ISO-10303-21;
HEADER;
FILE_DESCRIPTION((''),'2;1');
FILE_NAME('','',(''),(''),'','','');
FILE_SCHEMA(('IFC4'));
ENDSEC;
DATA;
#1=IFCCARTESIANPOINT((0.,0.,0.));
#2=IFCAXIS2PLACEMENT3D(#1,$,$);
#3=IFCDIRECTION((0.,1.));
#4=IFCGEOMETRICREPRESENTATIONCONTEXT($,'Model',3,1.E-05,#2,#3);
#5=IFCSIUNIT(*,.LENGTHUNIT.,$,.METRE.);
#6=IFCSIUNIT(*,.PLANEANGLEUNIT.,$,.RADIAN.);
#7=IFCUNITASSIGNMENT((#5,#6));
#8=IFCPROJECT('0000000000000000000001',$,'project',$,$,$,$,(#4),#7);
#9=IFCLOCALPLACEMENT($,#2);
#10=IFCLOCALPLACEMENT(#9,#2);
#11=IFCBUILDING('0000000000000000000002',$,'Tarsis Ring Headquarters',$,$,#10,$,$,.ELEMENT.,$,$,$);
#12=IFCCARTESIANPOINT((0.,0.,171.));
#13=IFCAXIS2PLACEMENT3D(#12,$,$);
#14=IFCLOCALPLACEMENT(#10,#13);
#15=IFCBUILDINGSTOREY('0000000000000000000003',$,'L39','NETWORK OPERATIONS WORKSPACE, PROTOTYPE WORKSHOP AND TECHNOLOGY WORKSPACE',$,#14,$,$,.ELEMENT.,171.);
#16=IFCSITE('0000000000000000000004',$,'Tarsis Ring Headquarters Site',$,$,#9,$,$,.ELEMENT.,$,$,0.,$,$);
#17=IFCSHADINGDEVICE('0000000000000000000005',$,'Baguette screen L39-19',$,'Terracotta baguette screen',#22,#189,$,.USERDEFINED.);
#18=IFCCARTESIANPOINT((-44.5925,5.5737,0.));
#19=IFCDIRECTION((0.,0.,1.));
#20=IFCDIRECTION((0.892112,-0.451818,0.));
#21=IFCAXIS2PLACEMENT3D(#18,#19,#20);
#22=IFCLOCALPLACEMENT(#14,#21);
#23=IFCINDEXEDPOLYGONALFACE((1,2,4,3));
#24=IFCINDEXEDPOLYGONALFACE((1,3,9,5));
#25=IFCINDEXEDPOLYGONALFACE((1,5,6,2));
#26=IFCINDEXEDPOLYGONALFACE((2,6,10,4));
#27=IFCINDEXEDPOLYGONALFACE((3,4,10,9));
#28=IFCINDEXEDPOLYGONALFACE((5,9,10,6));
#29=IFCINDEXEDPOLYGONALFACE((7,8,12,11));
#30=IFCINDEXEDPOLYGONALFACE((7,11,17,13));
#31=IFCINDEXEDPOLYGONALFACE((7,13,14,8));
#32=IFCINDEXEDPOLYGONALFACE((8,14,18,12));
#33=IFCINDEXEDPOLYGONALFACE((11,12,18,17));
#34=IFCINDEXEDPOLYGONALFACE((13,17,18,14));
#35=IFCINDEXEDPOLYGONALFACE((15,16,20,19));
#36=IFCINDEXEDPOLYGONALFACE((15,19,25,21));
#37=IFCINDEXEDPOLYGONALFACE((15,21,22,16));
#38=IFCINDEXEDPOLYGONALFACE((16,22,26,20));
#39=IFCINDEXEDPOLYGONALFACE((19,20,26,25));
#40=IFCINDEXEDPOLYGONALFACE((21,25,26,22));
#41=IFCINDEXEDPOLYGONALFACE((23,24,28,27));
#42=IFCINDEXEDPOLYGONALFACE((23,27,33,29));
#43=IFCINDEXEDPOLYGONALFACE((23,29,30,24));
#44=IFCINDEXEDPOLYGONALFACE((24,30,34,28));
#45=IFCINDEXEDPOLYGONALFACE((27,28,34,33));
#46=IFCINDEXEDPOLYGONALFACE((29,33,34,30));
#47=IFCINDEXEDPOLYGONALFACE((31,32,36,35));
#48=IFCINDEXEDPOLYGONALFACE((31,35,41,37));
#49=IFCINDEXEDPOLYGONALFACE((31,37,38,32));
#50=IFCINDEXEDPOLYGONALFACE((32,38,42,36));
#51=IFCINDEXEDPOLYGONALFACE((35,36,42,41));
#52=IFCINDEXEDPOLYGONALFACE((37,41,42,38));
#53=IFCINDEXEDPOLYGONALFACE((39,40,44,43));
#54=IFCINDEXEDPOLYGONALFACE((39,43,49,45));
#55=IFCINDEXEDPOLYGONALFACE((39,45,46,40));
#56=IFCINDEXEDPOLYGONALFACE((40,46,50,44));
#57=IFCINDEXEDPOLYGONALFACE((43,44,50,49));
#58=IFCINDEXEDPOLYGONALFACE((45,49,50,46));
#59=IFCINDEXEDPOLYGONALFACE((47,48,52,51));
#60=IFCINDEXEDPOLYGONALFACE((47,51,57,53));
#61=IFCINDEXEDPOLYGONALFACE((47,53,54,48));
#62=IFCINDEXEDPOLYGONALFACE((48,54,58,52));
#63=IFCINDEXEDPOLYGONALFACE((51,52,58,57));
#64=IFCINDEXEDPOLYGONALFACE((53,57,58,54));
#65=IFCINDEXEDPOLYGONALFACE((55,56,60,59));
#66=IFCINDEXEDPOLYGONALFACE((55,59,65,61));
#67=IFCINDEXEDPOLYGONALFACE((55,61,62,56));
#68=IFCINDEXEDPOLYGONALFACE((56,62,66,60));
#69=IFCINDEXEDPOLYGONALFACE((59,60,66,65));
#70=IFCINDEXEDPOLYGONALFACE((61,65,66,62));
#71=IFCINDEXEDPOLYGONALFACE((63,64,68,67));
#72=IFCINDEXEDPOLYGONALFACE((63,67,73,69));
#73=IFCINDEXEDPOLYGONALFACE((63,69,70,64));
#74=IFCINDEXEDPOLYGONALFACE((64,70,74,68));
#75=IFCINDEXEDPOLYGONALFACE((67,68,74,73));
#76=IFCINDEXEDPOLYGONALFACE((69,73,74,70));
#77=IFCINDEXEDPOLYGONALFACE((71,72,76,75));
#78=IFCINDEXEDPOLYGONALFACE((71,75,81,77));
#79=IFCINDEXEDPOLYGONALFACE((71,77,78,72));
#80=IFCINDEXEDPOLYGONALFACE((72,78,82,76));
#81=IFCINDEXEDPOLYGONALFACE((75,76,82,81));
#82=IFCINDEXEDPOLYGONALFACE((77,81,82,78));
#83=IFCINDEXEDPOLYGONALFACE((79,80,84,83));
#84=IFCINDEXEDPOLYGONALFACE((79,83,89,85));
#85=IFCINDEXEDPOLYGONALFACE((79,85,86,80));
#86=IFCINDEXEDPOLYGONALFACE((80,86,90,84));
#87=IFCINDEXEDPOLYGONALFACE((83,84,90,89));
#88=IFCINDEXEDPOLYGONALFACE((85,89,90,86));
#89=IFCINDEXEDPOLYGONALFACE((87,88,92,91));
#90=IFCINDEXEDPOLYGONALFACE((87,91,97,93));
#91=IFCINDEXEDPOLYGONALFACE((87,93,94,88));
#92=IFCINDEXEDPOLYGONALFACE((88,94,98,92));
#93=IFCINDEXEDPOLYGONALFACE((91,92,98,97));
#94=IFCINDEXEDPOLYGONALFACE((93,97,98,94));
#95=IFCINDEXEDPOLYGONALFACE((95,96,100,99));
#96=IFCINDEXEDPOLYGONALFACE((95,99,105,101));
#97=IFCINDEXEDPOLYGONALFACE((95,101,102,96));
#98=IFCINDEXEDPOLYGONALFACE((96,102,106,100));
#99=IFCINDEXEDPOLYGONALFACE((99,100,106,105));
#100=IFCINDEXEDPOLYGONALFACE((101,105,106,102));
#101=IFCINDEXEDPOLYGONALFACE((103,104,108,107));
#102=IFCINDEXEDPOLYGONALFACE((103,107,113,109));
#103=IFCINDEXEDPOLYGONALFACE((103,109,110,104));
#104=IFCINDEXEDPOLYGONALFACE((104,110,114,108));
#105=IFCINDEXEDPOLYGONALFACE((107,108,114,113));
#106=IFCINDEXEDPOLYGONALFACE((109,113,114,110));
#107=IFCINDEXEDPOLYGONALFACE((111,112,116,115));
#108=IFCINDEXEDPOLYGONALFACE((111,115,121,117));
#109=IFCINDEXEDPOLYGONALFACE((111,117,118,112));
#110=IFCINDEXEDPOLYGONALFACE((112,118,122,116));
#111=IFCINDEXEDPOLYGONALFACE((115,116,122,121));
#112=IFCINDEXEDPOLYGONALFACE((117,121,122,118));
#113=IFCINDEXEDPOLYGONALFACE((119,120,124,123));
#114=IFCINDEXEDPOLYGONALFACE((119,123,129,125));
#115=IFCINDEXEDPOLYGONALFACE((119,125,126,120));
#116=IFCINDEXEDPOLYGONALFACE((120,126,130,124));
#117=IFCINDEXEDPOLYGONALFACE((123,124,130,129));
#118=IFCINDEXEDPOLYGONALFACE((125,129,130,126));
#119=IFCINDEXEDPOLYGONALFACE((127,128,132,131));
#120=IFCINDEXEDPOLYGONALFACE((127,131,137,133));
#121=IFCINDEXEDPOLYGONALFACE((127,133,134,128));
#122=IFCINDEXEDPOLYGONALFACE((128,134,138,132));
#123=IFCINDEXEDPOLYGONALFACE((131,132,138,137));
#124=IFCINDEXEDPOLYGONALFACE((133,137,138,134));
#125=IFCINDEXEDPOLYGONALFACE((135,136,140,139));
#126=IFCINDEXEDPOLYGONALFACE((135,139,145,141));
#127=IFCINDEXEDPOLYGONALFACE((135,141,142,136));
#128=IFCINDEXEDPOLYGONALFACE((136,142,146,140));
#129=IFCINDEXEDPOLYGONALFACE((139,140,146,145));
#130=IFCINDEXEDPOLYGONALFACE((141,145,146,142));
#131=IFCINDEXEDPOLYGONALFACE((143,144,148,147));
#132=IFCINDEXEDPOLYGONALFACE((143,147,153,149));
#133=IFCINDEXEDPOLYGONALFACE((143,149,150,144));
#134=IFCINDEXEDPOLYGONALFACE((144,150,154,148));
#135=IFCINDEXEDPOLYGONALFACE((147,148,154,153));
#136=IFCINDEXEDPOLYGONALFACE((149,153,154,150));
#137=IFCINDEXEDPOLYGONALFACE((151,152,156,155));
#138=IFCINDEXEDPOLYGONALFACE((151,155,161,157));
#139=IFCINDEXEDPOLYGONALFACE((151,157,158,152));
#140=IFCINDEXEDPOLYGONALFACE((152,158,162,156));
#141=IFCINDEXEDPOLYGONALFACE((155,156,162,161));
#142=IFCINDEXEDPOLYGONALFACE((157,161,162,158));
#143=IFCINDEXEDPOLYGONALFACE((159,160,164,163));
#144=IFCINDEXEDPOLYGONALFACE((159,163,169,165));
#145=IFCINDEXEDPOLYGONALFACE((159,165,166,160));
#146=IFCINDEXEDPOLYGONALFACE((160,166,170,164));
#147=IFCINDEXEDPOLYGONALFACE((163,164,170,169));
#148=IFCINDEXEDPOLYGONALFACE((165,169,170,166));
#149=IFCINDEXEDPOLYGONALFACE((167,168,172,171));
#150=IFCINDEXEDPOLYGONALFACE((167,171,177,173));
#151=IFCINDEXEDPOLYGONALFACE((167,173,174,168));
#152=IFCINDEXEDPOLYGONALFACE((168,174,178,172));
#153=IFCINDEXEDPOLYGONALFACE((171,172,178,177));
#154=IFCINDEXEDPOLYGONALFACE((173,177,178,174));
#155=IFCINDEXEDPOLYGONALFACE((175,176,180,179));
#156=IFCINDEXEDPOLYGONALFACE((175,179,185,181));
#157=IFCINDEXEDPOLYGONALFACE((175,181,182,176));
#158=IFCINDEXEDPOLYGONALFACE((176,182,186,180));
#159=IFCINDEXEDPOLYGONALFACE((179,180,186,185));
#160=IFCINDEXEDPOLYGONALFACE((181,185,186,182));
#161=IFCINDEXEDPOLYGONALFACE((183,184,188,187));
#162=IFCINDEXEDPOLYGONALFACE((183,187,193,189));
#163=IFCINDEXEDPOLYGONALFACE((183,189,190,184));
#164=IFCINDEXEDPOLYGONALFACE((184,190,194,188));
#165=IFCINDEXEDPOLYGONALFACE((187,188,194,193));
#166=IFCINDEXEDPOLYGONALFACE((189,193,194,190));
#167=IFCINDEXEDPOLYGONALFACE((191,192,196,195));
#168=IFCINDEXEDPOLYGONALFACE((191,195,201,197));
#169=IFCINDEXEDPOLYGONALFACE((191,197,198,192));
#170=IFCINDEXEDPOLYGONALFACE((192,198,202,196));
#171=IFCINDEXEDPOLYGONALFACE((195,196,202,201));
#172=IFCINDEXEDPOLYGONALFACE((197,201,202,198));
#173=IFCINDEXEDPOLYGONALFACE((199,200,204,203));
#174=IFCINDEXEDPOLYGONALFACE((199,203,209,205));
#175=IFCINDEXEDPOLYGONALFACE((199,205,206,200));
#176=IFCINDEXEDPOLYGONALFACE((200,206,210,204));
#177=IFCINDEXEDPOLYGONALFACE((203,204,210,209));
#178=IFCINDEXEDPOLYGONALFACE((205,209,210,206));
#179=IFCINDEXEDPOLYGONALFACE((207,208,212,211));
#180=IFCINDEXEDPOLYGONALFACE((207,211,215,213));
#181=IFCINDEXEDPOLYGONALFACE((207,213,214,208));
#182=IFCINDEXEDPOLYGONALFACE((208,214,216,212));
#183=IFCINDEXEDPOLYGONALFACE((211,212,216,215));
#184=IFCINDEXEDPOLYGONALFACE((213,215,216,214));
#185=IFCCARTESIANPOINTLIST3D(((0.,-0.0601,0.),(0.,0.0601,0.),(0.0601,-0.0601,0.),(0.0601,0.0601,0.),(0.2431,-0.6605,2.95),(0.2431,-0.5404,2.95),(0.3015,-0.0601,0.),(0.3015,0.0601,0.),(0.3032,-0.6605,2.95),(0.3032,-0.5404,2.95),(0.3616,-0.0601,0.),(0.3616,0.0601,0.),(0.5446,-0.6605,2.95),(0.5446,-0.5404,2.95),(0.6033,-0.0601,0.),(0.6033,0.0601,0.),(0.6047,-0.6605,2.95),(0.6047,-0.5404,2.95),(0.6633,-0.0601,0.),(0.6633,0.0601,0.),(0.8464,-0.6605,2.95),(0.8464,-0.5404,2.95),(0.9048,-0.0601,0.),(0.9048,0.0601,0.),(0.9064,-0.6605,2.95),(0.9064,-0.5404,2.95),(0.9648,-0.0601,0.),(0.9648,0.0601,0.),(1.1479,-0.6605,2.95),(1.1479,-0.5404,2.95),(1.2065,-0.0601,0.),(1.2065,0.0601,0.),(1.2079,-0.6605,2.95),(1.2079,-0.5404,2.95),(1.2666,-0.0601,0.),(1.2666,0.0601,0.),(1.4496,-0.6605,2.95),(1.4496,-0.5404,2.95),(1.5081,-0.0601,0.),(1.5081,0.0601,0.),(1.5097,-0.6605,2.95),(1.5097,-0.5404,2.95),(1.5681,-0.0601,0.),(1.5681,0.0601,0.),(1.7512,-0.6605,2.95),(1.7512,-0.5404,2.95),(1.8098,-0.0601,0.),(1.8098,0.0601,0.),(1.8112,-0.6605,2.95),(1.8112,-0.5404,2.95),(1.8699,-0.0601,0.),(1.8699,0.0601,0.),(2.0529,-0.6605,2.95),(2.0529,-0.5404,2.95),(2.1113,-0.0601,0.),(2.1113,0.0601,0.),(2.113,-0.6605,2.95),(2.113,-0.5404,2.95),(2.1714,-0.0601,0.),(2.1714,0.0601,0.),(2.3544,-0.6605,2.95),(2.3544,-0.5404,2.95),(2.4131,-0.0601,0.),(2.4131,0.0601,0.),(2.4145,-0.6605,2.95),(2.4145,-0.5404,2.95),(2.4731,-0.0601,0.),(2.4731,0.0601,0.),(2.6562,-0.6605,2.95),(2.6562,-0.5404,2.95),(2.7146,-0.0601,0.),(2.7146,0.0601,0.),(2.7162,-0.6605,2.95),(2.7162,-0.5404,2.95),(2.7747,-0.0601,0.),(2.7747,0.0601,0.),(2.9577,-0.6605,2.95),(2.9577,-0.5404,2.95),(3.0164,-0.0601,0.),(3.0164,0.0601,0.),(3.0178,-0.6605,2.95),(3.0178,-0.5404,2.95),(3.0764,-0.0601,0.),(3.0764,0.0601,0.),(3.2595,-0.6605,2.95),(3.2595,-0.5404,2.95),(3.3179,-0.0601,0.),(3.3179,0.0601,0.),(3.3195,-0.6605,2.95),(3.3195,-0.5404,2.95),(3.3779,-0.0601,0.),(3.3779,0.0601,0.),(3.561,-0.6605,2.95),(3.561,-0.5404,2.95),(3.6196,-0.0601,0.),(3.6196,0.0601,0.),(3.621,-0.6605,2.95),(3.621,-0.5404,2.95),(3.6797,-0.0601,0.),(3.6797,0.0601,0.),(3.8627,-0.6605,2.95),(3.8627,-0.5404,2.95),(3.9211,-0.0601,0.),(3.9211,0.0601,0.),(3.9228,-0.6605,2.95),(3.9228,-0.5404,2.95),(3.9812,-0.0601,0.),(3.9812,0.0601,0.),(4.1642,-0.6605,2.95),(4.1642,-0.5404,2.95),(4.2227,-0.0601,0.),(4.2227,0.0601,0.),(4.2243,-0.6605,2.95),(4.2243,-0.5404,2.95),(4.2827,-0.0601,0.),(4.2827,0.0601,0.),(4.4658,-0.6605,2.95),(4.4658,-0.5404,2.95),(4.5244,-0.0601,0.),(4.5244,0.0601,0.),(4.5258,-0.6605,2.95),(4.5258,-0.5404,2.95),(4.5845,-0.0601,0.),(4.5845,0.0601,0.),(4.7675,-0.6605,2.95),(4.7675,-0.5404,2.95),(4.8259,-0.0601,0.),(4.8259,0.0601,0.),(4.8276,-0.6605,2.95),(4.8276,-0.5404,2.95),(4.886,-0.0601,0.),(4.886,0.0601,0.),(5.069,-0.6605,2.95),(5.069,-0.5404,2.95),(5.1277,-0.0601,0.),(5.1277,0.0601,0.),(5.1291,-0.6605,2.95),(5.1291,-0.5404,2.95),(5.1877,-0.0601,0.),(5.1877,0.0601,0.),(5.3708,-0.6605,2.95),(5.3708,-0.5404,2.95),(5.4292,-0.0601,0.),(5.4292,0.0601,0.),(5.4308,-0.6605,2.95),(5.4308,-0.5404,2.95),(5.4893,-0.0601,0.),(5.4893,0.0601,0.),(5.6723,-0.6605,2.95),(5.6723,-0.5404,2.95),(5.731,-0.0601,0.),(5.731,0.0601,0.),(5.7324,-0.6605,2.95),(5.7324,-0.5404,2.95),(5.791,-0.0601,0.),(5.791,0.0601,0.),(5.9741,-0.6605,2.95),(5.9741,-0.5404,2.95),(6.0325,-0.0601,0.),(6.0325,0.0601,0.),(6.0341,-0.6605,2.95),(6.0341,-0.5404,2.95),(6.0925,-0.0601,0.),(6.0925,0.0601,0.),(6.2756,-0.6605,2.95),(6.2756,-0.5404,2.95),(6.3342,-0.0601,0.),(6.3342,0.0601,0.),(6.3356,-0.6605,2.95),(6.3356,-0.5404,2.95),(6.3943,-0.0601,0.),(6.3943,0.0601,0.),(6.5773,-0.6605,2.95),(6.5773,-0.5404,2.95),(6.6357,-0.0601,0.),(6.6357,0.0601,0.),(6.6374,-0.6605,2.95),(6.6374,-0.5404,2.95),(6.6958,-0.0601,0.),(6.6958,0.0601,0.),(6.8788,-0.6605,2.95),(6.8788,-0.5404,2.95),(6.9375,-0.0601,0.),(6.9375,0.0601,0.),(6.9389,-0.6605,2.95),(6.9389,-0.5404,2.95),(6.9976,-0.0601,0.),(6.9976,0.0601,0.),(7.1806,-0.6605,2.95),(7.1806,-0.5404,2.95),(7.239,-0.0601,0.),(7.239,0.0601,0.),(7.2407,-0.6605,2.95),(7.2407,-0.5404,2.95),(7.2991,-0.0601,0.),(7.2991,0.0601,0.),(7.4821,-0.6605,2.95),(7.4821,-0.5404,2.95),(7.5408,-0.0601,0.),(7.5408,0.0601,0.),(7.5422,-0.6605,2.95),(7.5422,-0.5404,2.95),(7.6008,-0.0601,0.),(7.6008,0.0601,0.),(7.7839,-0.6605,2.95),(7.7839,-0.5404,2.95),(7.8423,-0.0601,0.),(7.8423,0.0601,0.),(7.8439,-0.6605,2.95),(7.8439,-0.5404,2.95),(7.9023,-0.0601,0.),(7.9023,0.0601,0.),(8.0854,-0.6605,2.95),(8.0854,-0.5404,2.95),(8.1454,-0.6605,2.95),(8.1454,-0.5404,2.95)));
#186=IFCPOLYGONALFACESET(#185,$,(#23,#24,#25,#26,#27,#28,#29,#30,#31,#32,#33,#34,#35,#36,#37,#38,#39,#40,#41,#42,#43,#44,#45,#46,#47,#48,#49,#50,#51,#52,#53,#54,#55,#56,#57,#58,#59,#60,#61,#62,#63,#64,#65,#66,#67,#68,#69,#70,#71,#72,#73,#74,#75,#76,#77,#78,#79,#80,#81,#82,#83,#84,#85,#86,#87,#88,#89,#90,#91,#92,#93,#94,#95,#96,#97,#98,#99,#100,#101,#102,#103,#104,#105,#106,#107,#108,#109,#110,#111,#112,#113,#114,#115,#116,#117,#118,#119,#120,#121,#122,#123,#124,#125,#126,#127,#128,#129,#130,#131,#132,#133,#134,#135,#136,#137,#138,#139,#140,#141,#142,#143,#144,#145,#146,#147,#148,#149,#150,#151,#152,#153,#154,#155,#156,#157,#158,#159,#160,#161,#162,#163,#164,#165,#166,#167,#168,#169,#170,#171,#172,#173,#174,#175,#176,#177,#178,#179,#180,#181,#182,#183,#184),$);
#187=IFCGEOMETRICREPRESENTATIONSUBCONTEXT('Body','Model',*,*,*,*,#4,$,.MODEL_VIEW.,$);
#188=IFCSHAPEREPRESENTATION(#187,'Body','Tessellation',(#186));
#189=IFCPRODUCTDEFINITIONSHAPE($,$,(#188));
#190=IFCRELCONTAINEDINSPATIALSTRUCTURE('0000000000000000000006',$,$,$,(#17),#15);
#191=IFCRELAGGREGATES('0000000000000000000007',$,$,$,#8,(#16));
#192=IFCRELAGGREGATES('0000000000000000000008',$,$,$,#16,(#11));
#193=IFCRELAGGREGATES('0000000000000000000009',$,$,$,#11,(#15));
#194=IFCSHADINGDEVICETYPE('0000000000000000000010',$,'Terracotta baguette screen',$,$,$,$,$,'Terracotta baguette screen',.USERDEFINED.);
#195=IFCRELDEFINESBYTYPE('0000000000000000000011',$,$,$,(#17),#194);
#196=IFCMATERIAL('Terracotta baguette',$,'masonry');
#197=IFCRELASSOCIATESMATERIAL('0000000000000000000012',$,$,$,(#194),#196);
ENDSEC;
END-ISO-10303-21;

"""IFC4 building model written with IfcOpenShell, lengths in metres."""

from ifc_helpers import new_model, si_unit, direction, frame, frame_2d, origin, place, context, subcontext, project, spatial, rectangle, composite_profile, extrude, material, type_object, element, save


model = new_model("IFC4")

# Units and contexts
model_context = context("Model", 3, precision=1e-05, world=origin(), true_north=direction((0.0, 1.0)))
body_context = subcontext(model_context, "Body", "Model", "MODEL_VIEW")
ifc_project = project(units=[si_unit("LENGTHUNIT", "METRE"), si_unit("PLANEANGLEUNIT", "RADIAN")], contexts=[model_context])

# Site, building, storey
site_placement = place(None, origin())
site = spatial("IfcSite", under=ifc_project, at=site_placement, Name="Tarsis Ring Headquarters Site", CompositionType="ELEMENT", RefElevation=0.0)
building_placement = place(site_placement, origin())
building = spatial("IfcBuilding", under=site, at=building_placement, Name="Tarsis Ring Headquarters", CompositionType="ELEMENT")
storey_placement = place(building_placement, frame((0.0, 0.0, 171.0)))
storey = spatial("IfcBuildingStorey", under=building, at=storey_placement, Name="L39", Description="NETWORK OPERATIONS WORKSPACE, PROTOTYPE WORKSHOP AND TECHNOLOGY WORKSPACE", CompositionType="ELEMENT", Elevation=171.0)

# Shading device
ifc_material_1 = material(Name="Terracotta baguette", Category="masonry")
shading_device_type_1 = type_object("IfcShadingDeviceType", Name="Terracotta baguette screen", ElementType="Terracotta baguette screen", PredefinedType="USERDEFINED", material=ifc_material_1)
shading_device_1_placement = place(storey_placement, frame((-44.5925, 5.5737, 0.0), z_axis=(0.0, 0.0, 1.0), x_axis=(0.892112, -0.451818, 0.0)))
element("IfcShadingDevice", 1, at=shading_device_1_placement, inside=storey, type_object=shading_device_type_1, Name="Baguette screen L39-19", ObjectType="Terracotta baguette screen", PredefinedType="USERDEFINED", context=body_context, shape_type="SweptSolid", body=[
    extrude(composite_profile([rectangle(XDim=0.0601, YDim=0.1201, at=frame_2d((0.03, 0.0))), rectangle(XDim=0.0601, YDim=0.1201, at=frame_2d((0.3315, 0.0))), rectangle(XDim=0.0601, YDim=0.1201, at=frame_2d((0.6333, 0.0))), rectangle(XDim=0.0601, YDim=0.1201, at=frame_2d((0.9348, 0.0))), rectangle(XDim=0.0601, YDim=0.1201, at=frame_2d((1.2366, 0.0))), rectangle(XDim=0.0601, YDim=0.1201, at=frame_2d((1.5381, 0.0))), rectangle(XDim=0.0601, YDim=0.1201, at=frame_2d((1.8398, 0.0))), rectangle(XDim=0.0601, YDim=0.1201, at=frame_2d((2.1414, 0.0))), rectangle(XDim=0.0601, YDim=0.1201, at=frame_2d((2.4431, 0.0))), rectangle(XDim=0.0601, YDim=0.1201, at=frame_2d((2.7446, 0.0))), rectangle(XDim=0.0601, YDim=0.1201, at=frame_2d((3.0464, 0.0))), rectangle(XDim=0.0601, YDim=0.1201, at=frame_2d((3.3479, 0.0))), rectangle(XDim=0.0601, YDim=0.1201, at=frame_2d((3.6497, 0.0))), rectangle(XDim=0.0601, YDim=0.1201, at=frame_2d((3.9512, 0.0))), rectangle(XDim=0.0601, YDim=0.1201, at=frame_2d((4.2527, 0.0))), rectangle(XDim=0.0601, YDim=0.1201, at=frame_2d((4.5544, 0.0))), rectangle(XDim=0.0601, YDim=0.1201, at=frame_2d((4.856, 0.0))), rectangle(XDim=0.0601, YDim=0.1201, at=frame_2d((5.1577, 0.0))), rectangle(XDim=0.0601, YDim=0.1201, at=frame_2d((5.4592, 0.0))), rectangle(XDim=0.0601, YDim=0.1201, at=frame_2d((5.761, 0.0))), rectangle(XDim=0.0601, YDim=0.1201, at=frame_2d((6.0625, 0.0))), rectangle(XDim=0.0601, YDim=0.1201, at=frame_2d((6.3643, 0.0))), rectangle(XDim=0.0601, YDim=0.1201, at=frame_2d((6.6658, 0.0))), rectangle(XDim=0.0601, YDim=0.1201, at=frame_2d((6.9675, 0.0))), rectangle(XDim=0.0601, YDim=0.1201, at=frame_2d((7.269, 0.0))), rectangle(XDim=0.0601, YDim=0.1201, at=frame_2d((7.5708, 0.0))), rectangle(XDim=0.0601, YDim=0.1201, at=frame_2d((7.8723, 0.0)))]), origin(), (0.080488, -0.19882, 0.976725), 3.0203),
])

save(model, "model.ifc")
